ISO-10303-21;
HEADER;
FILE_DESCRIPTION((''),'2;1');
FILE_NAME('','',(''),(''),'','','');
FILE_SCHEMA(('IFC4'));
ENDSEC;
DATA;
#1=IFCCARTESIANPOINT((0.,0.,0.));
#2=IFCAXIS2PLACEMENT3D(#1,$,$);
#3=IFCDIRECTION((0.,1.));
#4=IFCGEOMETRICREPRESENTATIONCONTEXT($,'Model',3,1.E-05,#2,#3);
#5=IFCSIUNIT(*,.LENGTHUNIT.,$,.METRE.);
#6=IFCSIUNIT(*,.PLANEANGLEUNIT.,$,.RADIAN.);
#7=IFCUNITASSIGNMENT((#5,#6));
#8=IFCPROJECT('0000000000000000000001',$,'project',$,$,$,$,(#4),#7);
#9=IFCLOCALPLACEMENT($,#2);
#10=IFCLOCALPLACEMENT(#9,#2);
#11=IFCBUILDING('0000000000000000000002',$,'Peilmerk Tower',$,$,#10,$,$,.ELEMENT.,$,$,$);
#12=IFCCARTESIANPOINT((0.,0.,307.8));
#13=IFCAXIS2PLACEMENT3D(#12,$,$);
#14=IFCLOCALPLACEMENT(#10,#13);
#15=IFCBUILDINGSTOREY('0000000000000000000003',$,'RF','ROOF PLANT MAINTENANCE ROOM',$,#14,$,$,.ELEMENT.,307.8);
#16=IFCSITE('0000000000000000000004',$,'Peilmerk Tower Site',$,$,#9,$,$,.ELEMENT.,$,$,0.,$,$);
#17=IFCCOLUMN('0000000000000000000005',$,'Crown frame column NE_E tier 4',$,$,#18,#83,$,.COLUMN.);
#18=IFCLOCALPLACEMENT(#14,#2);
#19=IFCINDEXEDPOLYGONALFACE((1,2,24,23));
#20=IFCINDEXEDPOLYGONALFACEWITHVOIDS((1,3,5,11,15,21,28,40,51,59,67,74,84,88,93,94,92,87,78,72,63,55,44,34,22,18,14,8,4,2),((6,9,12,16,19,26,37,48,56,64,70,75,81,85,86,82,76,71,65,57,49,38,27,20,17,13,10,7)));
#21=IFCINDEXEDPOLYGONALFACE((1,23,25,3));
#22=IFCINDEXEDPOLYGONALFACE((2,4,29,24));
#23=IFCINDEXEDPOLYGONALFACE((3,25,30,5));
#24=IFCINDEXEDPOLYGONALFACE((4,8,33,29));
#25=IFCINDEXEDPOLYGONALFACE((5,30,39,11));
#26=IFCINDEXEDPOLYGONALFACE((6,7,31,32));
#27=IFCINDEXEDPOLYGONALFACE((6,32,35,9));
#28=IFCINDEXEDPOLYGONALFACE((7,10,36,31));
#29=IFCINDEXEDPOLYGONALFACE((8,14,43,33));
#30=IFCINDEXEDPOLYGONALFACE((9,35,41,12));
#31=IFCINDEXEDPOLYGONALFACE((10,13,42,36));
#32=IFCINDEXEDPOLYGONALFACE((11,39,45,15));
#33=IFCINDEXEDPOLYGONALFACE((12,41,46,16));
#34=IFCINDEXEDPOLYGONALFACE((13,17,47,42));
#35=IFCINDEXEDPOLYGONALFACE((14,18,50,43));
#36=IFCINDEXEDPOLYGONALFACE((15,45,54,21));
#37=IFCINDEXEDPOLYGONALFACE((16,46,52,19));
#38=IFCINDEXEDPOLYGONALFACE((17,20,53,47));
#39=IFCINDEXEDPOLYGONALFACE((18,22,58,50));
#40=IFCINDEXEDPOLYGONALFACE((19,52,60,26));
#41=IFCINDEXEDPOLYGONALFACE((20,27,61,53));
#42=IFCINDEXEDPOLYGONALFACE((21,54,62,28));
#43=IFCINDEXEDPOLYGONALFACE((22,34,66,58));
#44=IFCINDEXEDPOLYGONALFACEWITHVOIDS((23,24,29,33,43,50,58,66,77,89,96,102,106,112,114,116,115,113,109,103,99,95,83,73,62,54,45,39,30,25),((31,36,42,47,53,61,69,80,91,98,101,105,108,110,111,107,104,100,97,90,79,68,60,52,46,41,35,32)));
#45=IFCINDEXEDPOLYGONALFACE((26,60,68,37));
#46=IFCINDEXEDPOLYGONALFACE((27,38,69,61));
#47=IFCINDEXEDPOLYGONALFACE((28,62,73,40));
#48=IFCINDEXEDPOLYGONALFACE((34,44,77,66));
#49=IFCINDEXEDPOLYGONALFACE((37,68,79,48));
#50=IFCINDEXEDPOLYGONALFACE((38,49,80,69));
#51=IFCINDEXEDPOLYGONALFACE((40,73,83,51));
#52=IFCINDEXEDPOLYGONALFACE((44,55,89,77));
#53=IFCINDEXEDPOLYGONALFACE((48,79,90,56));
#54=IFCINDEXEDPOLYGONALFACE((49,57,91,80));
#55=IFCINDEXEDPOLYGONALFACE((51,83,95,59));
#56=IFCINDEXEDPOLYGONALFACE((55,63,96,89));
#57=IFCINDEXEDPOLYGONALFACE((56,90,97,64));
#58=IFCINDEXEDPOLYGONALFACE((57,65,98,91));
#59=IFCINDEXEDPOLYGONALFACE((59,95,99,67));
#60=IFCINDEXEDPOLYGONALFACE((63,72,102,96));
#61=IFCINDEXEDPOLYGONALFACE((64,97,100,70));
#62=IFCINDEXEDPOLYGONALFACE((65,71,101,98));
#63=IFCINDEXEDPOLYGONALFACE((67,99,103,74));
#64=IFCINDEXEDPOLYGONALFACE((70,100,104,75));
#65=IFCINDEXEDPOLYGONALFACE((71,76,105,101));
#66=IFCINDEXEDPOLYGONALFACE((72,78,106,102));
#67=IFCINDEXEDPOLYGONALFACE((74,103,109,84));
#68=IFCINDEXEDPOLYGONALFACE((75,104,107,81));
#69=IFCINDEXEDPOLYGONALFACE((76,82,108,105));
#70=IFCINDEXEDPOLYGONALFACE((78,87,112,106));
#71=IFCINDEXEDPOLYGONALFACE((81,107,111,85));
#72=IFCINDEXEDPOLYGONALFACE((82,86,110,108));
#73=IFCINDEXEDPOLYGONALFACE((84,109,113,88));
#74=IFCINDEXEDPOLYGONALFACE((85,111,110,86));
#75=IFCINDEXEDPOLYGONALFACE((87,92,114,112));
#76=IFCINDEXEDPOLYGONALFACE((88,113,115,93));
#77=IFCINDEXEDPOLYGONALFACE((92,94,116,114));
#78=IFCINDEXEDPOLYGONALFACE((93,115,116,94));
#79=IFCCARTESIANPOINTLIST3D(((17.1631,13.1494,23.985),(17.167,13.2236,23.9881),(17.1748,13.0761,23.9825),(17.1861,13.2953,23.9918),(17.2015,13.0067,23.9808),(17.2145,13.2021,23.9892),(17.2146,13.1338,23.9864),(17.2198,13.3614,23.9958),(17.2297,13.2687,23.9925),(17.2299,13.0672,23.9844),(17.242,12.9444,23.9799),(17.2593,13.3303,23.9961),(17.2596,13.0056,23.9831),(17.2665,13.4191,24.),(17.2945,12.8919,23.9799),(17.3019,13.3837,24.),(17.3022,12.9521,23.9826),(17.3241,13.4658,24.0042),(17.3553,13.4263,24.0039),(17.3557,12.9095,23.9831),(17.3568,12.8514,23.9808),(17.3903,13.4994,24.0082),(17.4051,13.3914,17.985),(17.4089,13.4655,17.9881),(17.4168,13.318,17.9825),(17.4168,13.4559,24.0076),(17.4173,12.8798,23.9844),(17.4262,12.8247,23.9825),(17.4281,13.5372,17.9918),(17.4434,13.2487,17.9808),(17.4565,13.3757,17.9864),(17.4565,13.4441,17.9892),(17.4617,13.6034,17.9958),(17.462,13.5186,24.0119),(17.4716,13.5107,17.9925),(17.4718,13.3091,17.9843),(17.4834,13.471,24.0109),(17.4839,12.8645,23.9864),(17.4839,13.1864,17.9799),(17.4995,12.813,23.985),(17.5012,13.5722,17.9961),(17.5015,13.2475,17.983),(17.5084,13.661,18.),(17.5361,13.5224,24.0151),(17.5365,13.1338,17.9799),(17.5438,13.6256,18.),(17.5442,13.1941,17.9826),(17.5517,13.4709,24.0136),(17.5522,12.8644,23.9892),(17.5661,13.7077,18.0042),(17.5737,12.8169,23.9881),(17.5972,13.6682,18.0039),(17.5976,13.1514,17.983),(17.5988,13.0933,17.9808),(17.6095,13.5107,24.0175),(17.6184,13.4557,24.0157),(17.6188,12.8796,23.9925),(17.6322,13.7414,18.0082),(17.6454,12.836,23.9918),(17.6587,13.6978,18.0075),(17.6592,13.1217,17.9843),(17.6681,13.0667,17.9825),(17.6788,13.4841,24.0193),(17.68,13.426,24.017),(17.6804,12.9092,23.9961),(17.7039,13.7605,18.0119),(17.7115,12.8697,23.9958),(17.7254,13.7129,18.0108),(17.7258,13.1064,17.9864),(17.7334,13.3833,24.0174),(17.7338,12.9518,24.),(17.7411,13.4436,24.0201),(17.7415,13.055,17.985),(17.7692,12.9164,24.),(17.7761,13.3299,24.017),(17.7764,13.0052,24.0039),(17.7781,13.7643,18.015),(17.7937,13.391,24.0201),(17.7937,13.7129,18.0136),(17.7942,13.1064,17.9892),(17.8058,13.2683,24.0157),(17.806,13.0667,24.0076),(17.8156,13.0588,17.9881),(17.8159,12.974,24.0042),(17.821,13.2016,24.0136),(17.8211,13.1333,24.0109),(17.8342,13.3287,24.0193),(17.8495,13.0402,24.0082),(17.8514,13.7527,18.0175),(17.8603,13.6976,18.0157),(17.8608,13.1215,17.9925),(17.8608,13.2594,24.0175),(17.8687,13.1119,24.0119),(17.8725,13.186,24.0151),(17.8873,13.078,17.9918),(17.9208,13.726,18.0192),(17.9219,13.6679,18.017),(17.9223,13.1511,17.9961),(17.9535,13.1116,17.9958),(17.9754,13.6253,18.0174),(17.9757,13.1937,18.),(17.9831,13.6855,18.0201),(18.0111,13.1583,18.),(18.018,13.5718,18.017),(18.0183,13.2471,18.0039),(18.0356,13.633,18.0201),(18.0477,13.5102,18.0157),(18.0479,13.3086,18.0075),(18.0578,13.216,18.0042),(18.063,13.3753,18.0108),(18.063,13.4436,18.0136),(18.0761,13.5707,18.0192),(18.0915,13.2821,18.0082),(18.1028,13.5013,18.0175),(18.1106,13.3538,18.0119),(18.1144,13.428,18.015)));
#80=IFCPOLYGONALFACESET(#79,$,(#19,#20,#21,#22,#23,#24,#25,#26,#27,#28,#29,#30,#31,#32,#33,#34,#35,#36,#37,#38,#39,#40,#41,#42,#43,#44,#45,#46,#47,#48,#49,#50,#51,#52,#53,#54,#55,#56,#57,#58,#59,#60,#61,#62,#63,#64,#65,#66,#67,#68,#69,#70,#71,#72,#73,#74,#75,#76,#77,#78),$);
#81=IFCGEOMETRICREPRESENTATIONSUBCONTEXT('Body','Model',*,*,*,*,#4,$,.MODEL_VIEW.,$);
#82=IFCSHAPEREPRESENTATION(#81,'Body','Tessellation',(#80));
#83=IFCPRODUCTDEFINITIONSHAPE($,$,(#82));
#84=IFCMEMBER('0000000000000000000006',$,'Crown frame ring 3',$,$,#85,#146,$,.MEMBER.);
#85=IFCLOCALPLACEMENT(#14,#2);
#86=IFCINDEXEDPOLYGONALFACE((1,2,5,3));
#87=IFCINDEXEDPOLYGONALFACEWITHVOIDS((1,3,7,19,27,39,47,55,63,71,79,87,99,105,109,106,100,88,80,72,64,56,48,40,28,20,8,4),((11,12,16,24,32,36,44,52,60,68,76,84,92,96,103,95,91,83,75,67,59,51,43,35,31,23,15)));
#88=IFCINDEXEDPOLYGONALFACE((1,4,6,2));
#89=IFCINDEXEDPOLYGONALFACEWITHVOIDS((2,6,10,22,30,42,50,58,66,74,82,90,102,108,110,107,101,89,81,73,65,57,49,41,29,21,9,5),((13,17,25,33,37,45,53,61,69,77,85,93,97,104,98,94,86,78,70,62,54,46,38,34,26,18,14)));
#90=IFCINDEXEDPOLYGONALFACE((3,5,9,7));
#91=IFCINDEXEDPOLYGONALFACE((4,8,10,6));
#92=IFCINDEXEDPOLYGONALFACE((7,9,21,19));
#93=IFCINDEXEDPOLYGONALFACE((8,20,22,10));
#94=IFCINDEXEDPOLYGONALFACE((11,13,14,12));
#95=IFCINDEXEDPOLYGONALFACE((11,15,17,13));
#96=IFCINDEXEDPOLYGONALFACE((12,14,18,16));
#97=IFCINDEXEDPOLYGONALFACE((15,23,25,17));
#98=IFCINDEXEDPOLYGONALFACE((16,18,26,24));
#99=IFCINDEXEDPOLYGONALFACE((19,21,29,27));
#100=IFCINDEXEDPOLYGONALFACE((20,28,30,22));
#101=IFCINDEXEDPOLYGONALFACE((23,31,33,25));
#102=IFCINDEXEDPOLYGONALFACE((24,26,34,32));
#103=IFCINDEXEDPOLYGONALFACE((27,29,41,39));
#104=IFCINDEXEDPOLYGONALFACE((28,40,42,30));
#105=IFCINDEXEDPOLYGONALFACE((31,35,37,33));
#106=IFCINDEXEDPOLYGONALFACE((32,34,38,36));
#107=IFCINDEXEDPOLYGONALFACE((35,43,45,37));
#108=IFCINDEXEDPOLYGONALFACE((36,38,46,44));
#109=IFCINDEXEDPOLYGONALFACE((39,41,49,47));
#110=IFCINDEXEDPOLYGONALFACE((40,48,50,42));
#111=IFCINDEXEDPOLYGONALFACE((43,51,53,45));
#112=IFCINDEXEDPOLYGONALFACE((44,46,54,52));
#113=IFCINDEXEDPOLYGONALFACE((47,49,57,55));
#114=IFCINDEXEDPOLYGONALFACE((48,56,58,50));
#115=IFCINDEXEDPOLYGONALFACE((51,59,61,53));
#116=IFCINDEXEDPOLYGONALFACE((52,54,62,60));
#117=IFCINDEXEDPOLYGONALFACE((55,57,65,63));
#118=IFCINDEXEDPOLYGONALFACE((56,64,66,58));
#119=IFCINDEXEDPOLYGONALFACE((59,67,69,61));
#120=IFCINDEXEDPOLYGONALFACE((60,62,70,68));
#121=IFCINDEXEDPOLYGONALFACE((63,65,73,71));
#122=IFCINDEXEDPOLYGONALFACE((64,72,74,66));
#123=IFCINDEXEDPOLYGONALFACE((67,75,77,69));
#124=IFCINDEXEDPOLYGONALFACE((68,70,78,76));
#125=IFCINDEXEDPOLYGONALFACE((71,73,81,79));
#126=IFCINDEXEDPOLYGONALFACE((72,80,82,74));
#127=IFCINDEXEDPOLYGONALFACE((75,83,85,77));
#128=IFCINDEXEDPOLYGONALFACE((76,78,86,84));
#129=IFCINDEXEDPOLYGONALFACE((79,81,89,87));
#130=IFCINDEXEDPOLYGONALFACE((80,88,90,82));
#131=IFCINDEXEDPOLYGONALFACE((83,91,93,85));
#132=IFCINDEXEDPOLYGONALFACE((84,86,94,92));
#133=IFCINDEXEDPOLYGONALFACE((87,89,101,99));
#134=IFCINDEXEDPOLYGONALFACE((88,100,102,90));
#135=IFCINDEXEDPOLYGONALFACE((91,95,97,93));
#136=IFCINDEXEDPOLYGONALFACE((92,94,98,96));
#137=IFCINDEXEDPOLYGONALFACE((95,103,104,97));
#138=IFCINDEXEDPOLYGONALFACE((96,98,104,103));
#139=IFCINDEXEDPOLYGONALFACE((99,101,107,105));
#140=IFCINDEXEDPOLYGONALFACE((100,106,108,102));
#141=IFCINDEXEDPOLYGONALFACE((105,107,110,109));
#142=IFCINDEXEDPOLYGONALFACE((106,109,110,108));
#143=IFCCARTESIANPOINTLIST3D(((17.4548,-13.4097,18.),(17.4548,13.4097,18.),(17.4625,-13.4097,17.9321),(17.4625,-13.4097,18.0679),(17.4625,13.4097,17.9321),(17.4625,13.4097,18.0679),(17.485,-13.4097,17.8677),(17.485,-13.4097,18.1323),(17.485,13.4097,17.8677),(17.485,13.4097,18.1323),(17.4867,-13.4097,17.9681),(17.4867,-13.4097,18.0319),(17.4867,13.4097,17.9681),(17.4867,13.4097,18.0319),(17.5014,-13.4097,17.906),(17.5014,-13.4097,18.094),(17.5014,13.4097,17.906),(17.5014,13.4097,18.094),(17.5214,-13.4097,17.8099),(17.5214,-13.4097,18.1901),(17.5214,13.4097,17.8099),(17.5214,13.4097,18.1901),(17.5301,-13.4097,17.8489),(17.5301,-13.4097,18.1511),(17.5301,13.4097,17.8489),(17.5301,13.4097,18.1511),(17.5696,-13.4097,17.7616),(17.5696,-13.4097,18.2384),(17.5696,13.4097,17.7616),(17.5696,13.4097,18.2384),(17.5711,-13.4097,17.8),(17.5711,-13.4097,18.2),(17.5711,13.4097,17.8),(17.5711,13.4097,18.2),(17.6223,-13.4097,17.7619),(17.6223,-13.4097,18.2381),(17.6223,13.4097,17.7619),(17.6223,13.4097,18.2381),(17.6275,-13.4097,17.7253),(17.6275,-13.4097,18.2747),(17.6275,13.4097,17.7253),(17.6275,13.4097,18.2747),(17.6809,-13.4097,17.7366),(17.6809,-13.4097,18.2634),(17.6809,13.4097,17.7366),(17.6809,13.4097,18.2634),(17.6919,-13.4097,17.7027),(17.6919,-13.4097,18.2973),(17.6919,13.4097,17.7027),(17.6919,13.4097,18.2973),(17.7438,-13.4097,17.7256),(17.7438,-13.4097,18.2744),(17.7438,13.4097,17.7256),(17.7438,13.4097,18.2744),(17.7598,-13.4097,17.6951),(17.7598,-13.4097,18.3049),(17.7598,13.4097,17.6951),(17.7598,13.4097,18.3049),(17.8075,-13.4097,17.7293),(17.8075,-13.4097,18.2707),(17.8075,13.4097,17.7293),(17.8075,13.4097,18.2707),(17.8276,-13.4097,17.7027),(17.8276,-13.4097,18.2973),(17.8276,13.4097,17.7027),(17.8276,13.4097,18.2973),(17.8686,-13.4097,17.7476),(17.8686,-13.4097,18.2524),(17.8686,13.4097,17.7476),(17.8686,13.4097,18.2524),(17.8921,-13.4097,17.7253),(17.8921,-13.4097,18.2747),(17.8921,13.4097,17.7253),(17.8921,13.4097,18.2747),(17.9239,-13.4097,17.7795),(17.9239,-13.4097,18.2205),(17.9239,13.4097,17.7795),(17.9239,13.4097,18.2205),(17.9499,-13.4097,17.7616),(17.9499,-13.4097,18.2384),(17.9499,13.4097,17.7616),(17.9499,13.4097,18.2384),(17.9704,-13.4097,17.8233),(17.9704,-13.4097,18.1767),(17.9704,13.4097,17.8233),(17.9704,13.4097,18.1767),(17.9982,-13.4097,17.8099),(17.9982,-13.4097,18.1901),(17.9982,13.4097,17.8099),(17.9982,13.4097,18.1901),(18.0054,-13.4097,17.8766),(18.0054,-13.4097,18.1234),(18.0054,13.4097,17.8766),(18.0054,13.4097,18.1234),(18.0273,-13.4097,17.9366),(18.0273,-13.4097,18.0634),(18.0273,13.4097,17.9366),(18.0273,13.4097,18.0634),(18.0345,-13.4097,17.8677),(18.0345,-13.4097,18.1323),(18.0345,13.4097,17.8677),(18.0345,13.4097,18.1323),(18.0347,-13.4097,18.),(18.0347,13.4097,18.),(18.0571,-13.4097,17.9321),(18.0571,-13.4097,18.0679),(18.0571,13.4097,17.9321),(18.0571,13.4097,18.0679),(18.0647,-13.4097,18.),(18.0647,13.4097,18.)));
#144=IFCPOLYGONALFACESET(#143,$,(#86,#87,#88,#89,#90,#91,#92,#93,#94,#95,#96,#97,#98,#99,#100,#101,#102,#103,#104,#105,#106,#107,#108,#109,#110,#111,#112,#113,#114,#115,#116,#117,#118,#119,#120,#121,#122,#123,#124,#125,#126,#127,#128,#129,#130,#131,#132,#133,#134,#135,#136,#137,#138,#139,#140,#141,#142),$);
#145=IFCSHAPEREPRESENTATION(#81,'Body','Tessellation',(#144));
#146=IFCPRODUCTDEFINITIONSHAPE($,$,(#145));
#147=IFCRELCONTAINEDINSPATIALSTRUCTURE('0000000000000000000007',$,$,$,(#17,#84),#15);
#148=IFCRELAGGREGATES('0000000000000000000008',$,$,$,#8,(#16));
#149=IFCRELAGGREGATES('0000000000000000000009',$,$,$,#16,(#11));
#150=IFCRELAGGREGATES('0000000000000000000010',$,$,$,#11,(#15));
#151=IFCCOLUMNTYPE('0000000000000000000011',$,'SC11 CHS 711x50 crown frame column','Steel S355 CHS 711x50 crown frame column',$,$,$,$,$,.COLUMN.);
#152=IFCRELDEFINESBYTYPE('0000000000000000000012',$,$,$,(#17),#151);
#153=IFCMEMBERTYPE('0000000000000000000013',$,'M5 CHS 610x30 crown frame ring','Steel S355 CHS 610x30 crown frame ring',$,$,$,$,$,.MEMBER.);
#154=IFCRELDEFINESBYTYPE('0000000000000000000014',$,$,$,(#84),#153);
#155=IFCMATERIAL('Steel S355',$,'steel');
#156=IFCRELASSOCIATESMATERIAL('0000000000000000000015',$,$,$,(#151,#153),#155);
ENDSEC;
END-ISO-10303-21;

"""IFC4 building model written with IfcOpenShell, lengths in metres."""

from ifc_helpers import new_model, si_unit, direction, frame, origin, origin_2d, place, context, subcontext, project, spatial, hollow_circle, extrude, material, material_profile, profile_set, type_object, element, save


model = new_model("IFC4")

# Units and contexts
model_context = context("Model", 3, precision=1e-05, world=origin(), true_north=direction((0.0, 1.0)))
body_context = subcontext(model_context, "Body", "Model", "MODEL_VIEW")
ifc_project = project(units=[si_unit("LENGTHUNIT", "METRE"), si_unit("PLANEANGLEUNIT", "RADIAN")], contexts=[model_context])

# Site, building, storey
site_placement = place(None, origin())
site = spatial("IfcSite", under=ifc_project, at=site_placement, Name="Peilmerk Tower Site", CompositionType="ELEMENT", RefElevation=0.0)
building_placement = place(site_placement, origin())
building = spatial("IfcBuilding", under=site, at=building_placement, Name="Peilmerk Tower", CompositionType="ELEMENT")
storey_placement = place(building_placement, frame((0.0, 0.0, 307.8)))
storey = spatial("IfcBuildingStorey", under=building, at=storey_placement, Name="RF", Description="ROOF PLANT MAINTENANCE ROOM", CompositionType="ELEMENT", Elevation=307.8)

# Column
ifc_material_1 = material(Name="Steel S355", Category="steel")
ifc_material_profile_1 = material_profile(ifc_material_1, hollow_circle(Radius=0.3555, WallThickness=0.05, at=origin_2d()), Name="CHS 711x50")
ifc_profile_set_1 = profile_set([ifc_material_profile_1], Name="Steel S355")
column_type = type_object("IfcColumnType", Name="SC11 CHS 711x50 crown frame column", Description="Steel S355 CHS 711x50 crown frame column", PredefinedType="COLUMN", material=ifc_profile_set_1)
column_placement = place(storey_placement, frame((17.7598, 13.4097, 18.0), z_axis=(-0.040258, -0.040258, 0.998378), x_axis=(0.707107, -0.707107, 0.0)))
element("IfcColumn", 1, at=column_placement, inside=storey, type_object=column_type, Name="Crown frame column NE_E tier 4", PredefinedType="COLUMN", context=body_context, shape_type="SweptSolid", body=[
    extrude(hollow_circle(Radius=0.3555, WallThickness=0.05, at=origin_2d()), origin(), (0.0, 0.0, 1.0), 6.0098),
])

# Member
ifc_material_profile_2 = material_profile(ifc_material_1, hollow_circle(Radius=0.3049, WallThickness=0.03, at=origin_2d()), Name="CHS 610x30")
ifc_profile_set_2 = profile_set([ifc_material_profile_2], Name="Steel S355")
member_type_1 = type_object("IfcMemberType", Name="M5 CHS 610x30 crown frame ring", Description="Steel S355 CHS 610x30 crown frame ring", PredefinedType="MEMBER", material=ifc_profile_set_2)
member_1_placement = place(storey_placement, frame((17.7598, 13.4097, 18.0), z_axis=(0.0, -1.0, 0.0), x_axis=(1.0, 0.0, 0.0)))
element("IfcMember", 2, at=member_1_placement, inside=storey, type_object=member_type_1, Name="Crown frame ring 3", PredefinedType="MEMBER", context=body_context, shape_type="SweptSolid", body=[
    extrude(hollow_circle(Radius=0.3049, WallThickness=0.03, at=origin_2d()), origin(), (0.0, 0.0, 1.0), 26.8193),
])

save(model, "model.ifc")
